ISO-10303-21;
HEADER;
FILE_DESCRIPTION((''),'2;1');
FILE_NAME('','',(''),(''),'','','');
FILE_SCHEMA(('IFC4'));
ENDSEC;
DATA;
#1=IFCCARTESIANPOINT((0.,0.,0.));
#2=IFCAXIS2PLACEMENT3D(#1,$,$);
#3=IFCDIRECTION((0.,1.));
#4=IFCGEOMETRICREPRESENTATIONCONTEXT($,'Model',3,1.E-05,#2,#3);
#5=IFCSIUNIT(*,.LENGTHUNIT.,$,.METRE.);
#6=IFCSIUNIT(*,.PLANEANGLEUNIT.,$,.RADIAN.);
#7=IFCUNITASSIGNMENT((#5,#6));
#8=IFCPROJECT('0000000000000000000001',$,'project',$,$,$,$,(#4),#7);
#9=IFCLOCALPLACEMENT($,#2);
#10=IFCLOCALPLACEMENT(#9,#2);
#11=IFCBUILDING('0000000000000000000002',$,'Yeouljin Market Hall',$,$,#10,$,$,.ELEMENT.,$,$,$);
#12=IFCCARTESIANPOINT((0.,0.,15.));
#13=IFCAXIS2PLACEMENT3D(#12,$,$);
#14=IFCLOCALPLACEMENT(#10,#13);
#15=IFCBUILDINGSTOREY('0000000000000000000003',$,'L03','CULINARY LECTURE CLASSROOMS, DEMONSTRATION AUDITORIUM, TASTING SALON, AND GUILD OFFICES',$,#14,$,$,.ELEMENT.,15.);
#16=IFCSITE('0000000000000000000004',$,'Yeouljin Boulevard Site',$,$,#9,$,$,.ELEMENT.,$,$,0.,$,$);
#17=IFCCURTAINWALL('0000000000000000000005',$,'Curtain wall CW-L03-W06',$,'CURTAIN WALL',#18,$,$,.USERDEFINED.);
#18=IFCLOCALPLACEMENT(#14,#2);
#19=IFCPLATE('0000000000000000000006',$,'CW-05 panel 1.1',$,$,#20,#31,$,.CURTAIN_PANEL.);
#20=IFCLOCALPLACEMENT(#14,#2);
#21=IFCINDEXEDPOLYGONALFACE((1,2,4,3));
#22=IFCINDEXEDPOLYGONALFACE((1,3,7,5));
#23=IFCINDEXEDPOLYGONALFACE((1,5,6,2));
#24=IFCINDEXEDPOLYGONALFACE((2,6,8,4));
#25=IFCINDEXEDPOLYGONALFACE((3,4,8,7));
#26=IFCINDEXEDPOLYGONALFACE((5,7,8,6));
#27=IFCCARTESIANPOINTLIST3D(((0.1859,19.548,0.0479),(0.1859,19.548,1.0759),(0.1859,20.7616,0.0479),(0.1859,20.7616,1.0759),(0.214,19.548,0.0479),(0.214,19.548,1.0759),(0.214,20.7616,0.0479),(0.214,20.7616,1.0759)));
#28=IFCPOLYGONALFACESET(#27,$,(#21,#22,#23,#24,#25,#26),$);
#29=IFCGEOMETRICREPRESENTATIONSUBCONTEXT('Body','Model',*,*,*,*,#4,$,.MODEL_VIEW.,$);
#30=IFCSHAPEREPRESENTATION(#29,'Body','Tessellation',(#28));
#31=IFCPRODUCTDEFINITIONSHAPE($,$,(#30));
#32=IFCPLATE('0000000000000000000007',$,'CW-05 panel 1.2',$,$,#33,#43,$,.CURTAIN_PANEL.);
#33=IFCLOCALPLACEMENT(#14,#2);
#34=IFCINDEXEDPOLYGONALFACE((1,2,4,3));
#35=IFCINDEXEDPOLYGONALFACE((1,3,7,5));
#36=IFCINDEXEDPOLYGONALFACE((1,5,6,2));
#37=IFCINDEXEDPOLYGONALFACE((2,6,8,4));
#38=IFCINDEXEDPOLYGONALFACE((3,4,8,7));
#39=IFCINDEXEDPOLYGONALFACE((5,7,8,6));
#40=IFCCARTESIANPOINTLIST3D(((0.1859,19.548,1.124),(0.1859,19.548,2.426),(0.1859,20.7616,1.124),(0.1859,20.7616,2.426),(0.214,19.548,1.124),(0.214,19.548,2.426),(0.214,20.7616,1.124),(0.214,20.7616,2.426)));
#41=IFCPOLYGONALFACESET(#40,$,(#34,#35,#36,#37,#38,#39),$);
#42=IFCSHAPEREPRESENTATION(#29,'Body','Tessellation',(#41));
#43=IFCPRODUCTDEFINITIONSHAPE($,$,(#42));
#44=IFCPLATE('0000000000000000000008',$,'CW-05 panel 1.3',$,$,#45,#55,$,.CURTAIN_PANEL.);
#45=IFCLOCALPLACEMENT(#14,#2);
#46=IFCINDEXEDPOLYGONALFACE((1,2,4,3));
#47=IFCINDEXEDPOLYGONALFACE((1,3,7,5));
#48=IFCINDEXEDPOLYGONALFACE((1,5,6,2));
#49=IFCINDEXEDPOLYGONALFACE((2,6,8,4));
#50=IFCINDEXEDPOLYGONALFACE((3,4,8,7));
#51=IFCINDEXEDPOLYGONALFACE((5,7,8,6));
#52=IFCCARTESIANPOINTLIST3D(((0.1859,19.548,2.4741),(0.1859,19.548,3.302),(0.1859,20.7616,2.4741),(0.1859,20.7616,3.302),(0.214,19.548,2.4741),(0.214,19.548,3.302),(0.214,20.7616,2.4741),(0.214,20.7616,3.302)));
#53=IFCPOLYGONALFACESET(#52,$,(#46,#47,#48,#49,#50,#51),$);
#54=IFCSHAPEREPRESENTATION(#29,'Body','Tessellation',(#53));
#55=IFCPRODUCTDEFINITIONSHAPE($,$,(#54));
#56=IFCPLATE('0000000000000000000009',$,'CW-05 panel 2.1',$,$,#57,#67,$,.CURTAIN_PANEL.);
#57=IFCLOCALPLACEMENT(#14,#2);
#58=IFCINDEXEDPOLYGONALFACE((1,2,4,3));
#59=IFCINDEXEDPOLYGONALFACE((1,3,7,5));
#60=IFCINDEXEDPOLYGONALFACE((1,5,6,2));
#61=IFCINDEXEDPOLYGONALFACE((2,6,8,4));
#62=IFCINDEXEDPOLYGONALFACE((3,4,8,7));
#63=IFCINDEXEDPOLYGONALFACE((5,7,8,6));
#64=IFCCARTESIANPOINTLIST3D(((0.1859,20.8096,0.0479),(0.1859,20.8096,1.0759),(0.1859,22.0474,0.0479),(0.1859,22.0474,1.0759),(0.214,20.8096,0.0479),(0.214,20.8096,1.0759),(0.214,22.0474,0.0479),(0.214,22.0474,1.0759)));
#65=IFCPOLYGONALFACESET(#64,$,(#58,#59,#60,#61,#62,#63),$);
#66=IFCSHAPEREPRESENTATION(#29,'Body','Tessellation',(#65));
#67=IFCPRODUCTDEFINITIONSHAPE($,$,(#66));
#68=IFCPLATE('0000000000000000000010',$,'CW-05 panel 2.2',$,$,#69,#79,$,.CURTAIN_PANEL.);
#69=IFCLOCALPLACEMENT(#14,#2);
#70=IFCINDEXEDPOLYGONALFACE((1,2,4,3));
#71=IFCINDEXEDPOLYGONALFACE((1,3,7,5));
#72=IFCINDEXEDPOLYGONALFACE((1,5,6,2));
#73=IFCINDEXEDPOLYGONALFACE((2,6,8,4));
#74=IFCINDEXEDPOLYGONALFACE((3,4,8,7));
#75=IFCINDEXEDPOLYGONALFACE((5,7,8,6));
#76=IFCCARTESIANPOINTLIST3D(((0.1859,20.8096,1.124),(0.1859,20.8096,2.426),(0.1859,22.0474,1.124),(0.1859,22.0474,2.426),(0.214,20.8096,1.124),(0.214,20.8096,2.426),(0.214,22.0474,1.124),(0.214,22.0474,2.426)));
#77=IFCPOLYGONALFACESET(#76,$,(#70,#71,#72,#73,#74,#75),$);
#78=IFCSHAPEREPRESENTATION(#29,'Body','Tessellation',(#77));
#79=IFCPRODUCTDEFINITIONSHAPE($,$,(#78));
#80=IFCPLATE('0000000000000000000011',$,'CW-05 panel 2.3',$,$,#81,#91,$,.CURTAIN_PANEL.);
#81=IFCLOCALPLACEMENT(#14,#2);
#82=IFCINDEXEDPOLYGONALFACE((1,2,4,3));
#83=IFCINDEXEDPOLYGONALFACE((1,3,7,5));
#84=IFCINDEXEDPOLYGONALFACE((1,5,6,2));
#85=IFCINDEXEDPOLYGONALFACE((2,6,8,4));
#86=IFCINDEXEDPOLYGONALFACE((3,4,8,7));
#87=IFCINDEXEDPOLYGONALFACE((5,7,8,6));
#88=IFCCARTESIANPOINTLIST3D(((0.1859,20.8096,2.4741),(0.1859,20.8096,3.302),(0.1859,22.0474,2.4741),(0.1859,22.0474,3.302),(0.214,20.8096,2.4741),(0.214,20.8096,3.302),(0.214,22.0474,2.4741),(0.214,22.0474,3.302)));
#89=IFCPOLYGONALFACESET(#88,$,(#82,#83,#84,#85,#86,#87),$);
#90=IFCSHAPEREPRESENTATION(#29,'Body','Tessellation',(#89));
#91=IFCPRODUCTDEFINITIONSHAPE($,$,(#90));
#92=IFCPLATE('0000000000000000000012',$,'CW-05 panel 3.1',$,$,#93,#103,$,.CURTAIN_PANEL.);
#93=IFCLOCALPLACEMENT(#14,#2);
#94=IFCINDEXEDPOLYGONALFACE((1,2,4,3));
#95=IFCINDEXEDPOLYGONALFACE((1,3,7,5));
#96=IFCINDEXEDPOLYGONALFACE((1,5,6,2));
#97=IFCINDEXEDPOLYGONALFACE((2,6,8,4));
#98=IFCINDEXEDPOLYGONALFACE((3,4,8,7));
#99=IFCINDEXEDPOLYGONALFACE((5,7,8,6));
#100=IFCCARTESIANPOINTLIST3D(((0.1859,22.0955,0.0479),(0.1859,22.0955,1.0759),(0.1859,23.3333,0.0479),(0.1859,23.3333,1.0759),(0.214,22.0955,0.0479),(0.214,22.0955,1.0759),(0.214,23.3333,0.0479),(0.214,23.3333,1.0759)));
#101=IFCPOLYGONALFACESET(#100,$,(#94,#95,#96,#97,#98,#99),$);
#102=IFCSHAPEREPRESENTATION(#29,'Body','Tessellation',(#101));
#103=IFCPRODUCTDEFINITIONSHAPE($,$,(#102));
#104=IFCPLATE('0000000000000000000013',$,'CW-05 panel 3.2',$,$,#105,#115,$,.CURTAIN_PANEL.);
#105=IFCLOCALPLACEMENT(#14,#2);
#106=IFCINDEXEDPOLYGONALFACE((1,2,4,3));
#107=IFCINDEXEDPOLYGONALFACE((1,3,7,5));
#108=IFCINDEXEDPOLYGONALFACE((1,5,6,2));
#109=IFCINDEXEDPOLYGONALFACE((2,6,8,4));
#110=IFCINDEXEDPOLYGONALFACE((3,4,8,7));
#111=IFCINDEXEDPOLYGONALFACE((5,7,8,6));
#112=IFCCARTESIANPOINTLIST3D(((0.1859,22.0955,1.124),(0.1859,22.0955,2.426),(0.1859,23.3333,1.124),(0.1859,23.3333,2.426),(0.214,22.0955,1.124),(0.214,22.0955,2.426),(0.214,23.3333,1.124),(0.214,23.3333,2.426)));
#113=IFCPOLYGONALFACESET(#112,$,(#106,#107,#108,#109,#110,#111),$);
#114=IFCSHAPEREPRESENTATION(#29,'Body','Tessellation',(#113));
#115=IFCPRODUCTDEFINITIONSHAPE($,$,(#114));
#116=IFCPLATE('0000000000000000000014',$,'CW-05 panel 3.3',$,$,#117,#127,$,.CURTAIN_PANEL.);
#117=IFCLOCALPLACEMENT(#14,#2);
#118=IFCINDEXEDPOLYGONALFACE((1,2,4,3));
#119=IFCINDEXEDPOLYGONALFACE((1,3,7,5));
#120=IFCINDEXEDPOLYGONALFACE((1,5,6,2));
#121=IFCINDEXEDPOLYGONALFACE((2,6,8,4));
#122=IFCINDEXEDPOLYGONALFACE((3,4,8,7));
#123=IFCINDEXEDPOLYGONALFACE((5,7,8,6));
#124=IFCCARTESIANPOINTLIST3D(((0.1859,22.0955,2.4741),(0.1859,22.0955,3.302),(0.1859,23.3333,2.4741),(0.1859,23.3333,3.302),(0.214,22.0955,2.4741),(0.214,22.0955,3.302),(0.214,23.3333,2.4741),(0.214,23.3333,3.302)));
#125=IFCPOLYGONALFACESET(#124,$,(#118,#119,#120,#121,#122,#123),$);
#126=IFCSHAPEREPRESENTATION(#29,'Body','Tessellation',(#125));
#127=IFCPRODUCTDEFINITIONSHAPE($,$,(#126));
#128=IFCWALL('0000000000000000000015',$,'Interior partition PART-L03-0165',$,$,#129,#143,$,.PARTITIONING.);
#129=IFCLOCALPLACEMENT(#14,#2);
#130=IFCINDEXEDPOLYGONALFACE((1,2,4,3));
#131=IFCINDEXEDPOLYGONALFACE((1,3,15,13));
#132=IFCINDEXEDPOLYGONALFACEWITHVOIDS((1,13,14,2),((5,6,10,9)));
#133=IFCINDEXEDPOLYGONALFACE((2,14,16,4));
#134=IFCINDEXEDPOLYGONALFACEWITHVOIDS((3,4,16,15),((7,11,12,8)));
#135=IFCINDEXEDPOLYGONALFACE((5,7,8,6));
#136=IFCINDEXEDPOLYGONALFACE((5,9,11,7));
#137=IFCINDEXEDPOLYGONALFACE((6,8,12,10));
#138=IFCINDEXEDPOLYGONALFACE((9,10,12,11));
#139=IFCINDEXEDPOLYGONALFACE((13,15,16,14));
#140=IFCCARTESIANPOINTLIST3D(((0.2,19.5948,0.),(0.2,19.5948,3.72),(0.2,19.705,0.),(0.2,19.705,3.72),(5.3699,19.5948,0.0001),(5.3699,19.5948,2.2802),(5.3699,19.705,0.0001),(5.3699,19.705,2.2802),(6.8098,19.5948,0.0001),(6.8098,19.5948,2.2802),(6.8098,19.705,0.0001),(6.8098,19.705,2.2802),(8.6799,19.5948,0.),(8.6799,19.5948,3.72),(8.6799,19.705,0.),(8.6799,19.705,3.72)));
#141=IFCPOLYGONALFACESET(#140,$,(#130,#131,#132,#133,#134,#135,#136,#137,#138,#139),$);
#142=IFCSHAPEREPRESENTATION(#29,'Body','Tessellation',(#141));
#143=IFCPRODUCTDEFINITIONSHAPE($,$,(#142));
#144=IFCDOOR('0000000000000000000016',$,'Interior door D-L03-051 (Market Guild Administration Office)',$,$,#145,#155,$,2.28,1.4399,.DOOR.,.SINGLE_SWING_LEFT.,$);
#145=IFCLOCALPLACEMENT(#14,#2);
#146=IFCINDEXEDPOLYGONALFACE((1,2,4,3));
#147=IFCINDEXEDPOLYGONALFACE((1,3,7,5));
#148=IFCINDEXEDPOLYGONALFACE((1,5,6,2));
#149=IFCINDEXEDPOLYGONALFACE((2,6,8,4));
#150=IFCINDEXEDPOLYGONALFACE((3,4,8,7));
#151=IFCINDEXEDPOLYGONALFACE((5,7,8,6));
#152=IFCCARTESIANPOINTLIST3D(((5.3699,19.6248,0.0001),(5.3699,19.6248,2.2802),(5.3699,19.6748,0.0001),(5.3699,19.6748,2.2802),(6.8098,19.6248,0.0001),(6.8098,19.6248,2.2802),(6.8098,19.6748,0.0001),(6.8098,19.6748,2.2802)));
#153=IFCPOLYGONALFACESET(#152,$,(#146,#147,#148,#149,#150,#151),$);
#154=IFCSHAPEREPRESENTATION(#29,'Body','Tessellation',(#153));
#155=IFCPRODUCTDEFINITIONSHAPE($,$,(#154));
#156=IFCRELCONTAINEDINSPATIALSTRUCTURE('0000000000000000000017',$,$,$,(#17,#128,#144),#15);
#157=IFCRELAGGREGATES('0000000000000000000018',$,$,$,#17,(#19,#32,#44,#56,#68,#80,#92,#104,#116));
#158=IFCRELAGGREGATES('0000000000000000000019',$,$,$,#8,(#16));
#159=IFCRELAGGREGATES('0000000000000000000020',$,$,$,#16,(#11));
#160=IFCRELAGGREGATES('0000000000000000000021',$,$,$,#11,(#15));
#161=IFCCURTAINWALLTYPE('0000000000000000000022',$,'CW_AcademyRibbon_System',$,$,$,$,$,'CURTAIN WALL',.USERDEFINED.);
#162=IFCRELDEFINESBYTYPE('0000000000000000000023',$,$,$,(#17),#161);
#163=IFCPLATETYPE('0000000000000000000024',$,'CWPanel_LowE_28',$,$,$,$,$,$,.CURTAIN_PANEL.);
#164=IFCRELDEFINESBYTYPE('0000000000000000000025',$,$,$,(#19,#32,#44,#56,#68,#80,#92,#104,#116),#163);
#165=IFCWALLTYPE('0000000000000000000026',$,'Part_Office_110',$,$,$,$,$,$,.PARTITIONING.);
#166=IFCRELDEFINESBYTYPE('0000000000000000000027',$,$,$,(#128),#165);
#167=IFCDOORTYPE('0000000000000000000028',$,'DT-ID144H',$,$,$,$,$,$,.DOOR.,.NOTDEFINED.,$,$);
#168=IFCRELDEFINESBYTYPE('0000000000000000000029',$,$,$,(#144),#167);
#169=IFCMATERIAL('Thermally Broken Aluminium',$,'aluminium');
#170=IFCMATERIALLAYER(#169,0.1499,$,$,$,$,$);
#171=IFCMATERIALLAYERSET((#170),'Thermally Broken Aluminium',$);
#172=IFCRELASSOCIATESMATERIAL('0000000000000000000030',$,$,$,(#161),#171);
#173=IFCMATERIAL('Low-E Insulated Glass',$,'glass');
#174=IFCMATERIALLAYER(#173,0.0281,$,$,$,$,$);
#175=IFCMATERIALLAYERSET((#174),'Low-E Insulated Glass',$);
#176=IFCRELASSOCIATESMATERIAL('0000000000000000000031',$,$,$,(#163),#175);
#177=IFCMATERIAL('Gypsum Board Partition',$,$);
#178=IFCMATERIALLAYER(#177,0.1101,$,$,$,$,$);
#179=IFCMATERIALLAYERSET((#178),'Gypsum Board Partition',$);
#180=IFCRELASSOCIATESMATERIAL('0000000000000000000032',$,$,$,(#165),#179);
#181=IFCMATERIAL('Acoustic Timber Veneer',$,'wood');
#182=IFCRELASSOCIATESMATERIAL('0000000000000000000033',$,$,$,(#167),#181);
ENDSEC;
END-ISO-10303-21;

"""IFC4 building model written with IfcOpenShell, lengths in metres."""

from ifc_helpers import new_model, si_unit, direction, frame, frame_2d, origin, origin_2d, place, context, subcontext, project, spatial, rectangle, extrude, material, layer, layer_set, type_object, element, fill, aggregate, save


model = new_model("IFC4")

# Units and contexts
model_context = context("Model", 3, precision=1e-05, world=origin(), true_north=direction((0.0, 1.0)))
body_context = subcontext(model_context, "Body", "Model", "MODEL_VIEW")
ifc_project = project(units=[si_unit("LENGTHUNIT", "METRE"), si_unit("PLANEANGLEUNIT", "RADIAN")], contexts=[model_context])

# Site, building, storey
site_placement = place(None, origin())
site = spatial("IfcSite", under=ifc_project, at=site_placement, Name="Yeouljin Boulevard Site", CompositionType="ELEMENT", RefElevation=0.0)
building_placement = place(site_placement, origin())
building = spatial("IfcBuilding", under=site, at=building_placement, Name="Yeouljin Market Hall", CompositionType="ELEMENT")
storey_placement = place(building_placement, frame((0.0, 0.0, 15.0)))
storey = spatial("IfcBuildingStorey", under=building, at=storey_placement, Name="L03", Description="CULINARY LECTURE CLASSROOMS, DEMONSTRATION AUDITORIUM, TASTING SALON, AND GUILD OFFICES", CompositionType="ELEMENT", Elevation=15.0)

# Curtain wall, plates
ifc_material_1 = material(Name="Thermally Broken Aluminium", Category="aluminium")
ifc_layer_1 = layer(ifc_material_1, 0.1499)
ifc_layer_set_1 = layer_set([ifc_layer_1], Name="Thermally Broken Aluminium")
curtain_wall_type = type_object("IfcCurtainWallType", Name="CW_AcademyRibbon_System", ElementType="CURTAIN WALL", PredefinedType="USERDEFINED", material=ifc_layer_set_1)
curtain_wall_placement = place(storey_placement, origin())
curtain_wall = element("IfcCurtainWall", 1, at=curtain_wall_placement, inside=storey, type_object=curtain_wall_type, Name="Curtain wall CW-L03-W06", ObjectType="CURTAIN WALL", PredefinedType="USERDEFINED")
ifc_material_2 = material(Name="Low-E Insulated Glass", Category="glass")
ifc_layer_2 = layer(ifc_material_2, 0.0281)
ifc_layer_set_2 = layer_set([ifc_layer_2], Name="Low-E Insulated Glass")
plate_type = type_object("IfcPlateType", Name="CWPanel_LowE_28", PredefinedType="CURTAIN_PANEL", material=ifc_layer_set_2)
plate_1_placement = place(storey_placement, frame((0.2, 20.1548, 0.0479), z_axis=(0.0, 0.0, 1.0), x_axis=(0.0, 1.0, 0.0)))
plate_1 = element("IfcPlate", 2, at=plate_1_placement, type_object=plate_type, Name="CW-05 panel 1.1", PredefinedType="CURTAIN_PANEL", context=body_context, shape_type="SweptSolid", body=[
    extrude(rectangle(XDim=1.2136, YDim=0.0281, at=origin_2d()), origin(), (0.0, 0.0, 1.0), 1.0281),
])
plate_2_placement = place(storey_placement, frame((0.2, 20.1548, 1.124), z_axis=(0.0, 0.0, 1.0), x_axis=(0.0, 1.0, 0.0)))
plate_2 = element("IfcPlate", 3, at=plate_2_placement, type_object=plate_type, Name="CW-05 panel 1.2", PredefinedType="CURTAIN_PANEL", context=body_context, shape_type="SweptSolid", body=[
    extrude(rectangle(XDim=1.2136, YDim=0.0281, at=origin_2d()), origin(), (0.0, 0.0, 1.0), 1.302),
])
plate_3_placement = place(storey_placement, frame((0.2, 20.1548, 2.4741), z_axis=(0.0, 0.0, 1.0), x_axis=(0.0, 1.0, 0.0)))
plate_3 = element("IfcPlate", 4, at=plate_3_placement, type_object=plate_type, Name="CW-05 panel 1.3", PredefinedType="CURTAIN_PANEL", context=body_context, shape_type="SweptSolid", body=[
    extrude(rectangle(XDim=1.2136, YDim=0.0281, at=origin_2d()), origin(), (0.0, 0.0, 1.0), 0.8279),
])
plate_4_placement = place(storey_placement, frame((0.2, 21.4285, 0.0479), z_axis=(0.0, 0.0, 1.0), x_axis=(0.0, 1.0, 0.0)))
plate_4 = element("IfcPlate", 5, at=plate_4_placement, type_object=plate_type, Name="CW-05 panel 2.1", PredefinedType="CURTAIN_PANEL", context=body_context, shape_type="SweptSolid", body=[
    extrude(rectangle(XDim=1.2378, YDim=0.0281, at=origin_2d()), origin(), (0.0, 0.0, 1.0), 1.0281),
])
plate_5_placement = place(storey_placement, frame((0.2, 21.4285, 1.124), z_axis=(0.0, 0.0, 1.0), x_axis=(0.0, 1.0, 0.0)))
plate_5 = element("IfcPlate", 6, at=plate_5_placement, type_object=plate_type, Name="CW-05 panel 2.2", PredefinedType="CURTAIN_PANEL", context=body_context, shape_type="SweptSolid", body=[
    extrude(rectangle(XDim=1.2378, YDim=0.0281, at=origin_2d()), origin(), (0.0, 0.0, 1.0), 1.302),
])
plate_6_placement = place(storey_placement, frame((0.2, 21.4285, 2.4741), z_axis=(0.0, 0.0, 1.0), x_axis=(0.0, 1.0, 0.0)))
plate_6 = element("IfcPlate", 7, at=plate_6_placement, type_object=plate_type, Name="CW-05 panel 2.3", PredefinedType="CURTAIN_PANEL", context=body_context, shape_type="SweptSolid", body=[
    extrude(rectangle(XDim=1.2378, YDim=0.0281, at=origin_2d()), origin(), (0.0, 0.0, 1.0), 0.8279),
])
plate_7_placement = place(storey_placement, frame((0.2, 22.7144, 0.0479), z_axis=(0.0, 0.0, 1.0), x_axis=(0.0, 1.0, 0.0)))
plate_7 = element("IfcPlate", 8, at=plate_7_placement, type_object=plate_type, Name="CW-05 panel 3.1", PredefinedType="CURTAIN_PANEL", context=body_context, shape_type="SweptSolid", body=[
    extrude(rectangle(XDim=1.2378, YDim=0.0281, at=origin_2d()), origin(), (0.0, 0.0, 1.0), 1.0281),
])
plate_8_placement = place(storey_placement, frame((0.2, 22.7144, 1.124), z_axis=(0.0, 0.0, 1.0), x_axis=(0.0, 1.0, 0.0)))
plate_8 = element("IfcPlate", 9, at=plate_8_placement, type_object=plate_type, Name="CW-05 panel 3.2", PredefinedType="CURTAIN_PANEL", context=body_context, shape_type="SweptSolid", body=[
    extrude(rectangle(XDim=1.2378, YDim=0.0281, at=origin_2d()), origin(), (0.0, 0.0, 1.0), 1.302),
])
plate_9_placement = place(storey_placement, frame((0.2, 22.7144, 2.4741), z_axis=(0.0, 0.0, 1.0), x_axis=(0.0, 1.0, 0.0)))
plate_9 = element("IfcPlate", 10, at=plate_9_placement, type_object=plate_type, Name="CW-05 panel 3.3", PredefinedType="CURTAIN_PANEL", context=body_context, shape_type="SweptSolid", body=[
    extrude(rectangle(XDim=1.2378, YDim=0.0281, at=origin_2d()), origin(), (0.0, 0.0, 1.0), 0.8279),
])
aggregate(curtain_wall, [plate_1, plate_2, plate_3, plate_4, plate_5, plate_6, plate_7, plate_8, plate_9])

# Wall, opening, door
ifc_material_3 = material(Name="Gypsum Board Partition")
ifc_layer_3 = layer(ifc_material_3, 0.1101)
ifc_layer_set_3 = layer_set([ifc_layer_3], Name="Gypsum Board Partition")
wall_type = type_object("IfcWallType", Name="Part_Office_110", PredefinedType="PARTITIONING", material=ifc_layer_set_3)
wall_placement = place(storey_placement, frame((0.2, 19.6499, 0.0), z_axis=(0.0, 0.0, 1.0), x_axis=(1.0, 0.0, 0.0)))
wall = element("IfcWall", 11, at=wall_placement, inside=storey, type_object=wall_type, Name="Interior partition PART-L03-0165", PredefinedType="PARTITIONING", context=body_context, shape_type="SweptSolid", body=[
    extrude(rectangle(XDim=8.48, YDim=0.1101, at=frame_2d((4.24, 0.0))), origin(), (0.0, 0.0, 1.0), 3.72),
])
opening_placement = place(wall_placement, frame((5.1699, 0.0, 0.0)))
opening = element("IfcOpeningElement", 12, at=opening_placement, cuts=wall, PredefinedType="OPENING", context=body_context, shape_type="SweptSolid", body=[
    extrude(rectangle(XDim=1.4399, YDim=2.28, at=frame_2d((0.72, 1.1401))), frame((0.0, 0.0649, 0.0), z_axis=(0.0, -1.0, 0.0), x_axis=(1.0, 0.0, 0.0)), (0.0, 0.0, 1.0), 0.1301),
])
ifc_material_4 = material(Name="Acoustic Timber Veneer", Category="wood")
door_type = type_object("IfcDoorType", Name="DT-ID144H", OperationType="NOTDEFINED", PredefinedType="DOOR", material=ifc_material_4)
door_placement = place(opening_placement, origin())
door = element("IfcDoor", 13, at=door_placement, inside=storey, type_object=door_type, Name="Interior door D-L03-051 (Market Guild Administration Office)", OperationType="SINGLE_SWING_LEFT", OverallHeight=2.28, OverallWidth=1.4399, PredefinedType="DOOR", context=body_context, shape_type="SweptSolid", body=[
    extrude(rectangle(XDim=1.4399, YDim=2.28, at=frame_2d((0.72, 1.1401))), frame((0.0, 0.0249, 0.0), z_axis=(0.0, -1.0, 0.0), x_axis=(1.0, 0.0, 0.0)), (0.0, 0.0, 1.0), 0.05),
])
fill(opening, door)

save(model, "model.ifc")
